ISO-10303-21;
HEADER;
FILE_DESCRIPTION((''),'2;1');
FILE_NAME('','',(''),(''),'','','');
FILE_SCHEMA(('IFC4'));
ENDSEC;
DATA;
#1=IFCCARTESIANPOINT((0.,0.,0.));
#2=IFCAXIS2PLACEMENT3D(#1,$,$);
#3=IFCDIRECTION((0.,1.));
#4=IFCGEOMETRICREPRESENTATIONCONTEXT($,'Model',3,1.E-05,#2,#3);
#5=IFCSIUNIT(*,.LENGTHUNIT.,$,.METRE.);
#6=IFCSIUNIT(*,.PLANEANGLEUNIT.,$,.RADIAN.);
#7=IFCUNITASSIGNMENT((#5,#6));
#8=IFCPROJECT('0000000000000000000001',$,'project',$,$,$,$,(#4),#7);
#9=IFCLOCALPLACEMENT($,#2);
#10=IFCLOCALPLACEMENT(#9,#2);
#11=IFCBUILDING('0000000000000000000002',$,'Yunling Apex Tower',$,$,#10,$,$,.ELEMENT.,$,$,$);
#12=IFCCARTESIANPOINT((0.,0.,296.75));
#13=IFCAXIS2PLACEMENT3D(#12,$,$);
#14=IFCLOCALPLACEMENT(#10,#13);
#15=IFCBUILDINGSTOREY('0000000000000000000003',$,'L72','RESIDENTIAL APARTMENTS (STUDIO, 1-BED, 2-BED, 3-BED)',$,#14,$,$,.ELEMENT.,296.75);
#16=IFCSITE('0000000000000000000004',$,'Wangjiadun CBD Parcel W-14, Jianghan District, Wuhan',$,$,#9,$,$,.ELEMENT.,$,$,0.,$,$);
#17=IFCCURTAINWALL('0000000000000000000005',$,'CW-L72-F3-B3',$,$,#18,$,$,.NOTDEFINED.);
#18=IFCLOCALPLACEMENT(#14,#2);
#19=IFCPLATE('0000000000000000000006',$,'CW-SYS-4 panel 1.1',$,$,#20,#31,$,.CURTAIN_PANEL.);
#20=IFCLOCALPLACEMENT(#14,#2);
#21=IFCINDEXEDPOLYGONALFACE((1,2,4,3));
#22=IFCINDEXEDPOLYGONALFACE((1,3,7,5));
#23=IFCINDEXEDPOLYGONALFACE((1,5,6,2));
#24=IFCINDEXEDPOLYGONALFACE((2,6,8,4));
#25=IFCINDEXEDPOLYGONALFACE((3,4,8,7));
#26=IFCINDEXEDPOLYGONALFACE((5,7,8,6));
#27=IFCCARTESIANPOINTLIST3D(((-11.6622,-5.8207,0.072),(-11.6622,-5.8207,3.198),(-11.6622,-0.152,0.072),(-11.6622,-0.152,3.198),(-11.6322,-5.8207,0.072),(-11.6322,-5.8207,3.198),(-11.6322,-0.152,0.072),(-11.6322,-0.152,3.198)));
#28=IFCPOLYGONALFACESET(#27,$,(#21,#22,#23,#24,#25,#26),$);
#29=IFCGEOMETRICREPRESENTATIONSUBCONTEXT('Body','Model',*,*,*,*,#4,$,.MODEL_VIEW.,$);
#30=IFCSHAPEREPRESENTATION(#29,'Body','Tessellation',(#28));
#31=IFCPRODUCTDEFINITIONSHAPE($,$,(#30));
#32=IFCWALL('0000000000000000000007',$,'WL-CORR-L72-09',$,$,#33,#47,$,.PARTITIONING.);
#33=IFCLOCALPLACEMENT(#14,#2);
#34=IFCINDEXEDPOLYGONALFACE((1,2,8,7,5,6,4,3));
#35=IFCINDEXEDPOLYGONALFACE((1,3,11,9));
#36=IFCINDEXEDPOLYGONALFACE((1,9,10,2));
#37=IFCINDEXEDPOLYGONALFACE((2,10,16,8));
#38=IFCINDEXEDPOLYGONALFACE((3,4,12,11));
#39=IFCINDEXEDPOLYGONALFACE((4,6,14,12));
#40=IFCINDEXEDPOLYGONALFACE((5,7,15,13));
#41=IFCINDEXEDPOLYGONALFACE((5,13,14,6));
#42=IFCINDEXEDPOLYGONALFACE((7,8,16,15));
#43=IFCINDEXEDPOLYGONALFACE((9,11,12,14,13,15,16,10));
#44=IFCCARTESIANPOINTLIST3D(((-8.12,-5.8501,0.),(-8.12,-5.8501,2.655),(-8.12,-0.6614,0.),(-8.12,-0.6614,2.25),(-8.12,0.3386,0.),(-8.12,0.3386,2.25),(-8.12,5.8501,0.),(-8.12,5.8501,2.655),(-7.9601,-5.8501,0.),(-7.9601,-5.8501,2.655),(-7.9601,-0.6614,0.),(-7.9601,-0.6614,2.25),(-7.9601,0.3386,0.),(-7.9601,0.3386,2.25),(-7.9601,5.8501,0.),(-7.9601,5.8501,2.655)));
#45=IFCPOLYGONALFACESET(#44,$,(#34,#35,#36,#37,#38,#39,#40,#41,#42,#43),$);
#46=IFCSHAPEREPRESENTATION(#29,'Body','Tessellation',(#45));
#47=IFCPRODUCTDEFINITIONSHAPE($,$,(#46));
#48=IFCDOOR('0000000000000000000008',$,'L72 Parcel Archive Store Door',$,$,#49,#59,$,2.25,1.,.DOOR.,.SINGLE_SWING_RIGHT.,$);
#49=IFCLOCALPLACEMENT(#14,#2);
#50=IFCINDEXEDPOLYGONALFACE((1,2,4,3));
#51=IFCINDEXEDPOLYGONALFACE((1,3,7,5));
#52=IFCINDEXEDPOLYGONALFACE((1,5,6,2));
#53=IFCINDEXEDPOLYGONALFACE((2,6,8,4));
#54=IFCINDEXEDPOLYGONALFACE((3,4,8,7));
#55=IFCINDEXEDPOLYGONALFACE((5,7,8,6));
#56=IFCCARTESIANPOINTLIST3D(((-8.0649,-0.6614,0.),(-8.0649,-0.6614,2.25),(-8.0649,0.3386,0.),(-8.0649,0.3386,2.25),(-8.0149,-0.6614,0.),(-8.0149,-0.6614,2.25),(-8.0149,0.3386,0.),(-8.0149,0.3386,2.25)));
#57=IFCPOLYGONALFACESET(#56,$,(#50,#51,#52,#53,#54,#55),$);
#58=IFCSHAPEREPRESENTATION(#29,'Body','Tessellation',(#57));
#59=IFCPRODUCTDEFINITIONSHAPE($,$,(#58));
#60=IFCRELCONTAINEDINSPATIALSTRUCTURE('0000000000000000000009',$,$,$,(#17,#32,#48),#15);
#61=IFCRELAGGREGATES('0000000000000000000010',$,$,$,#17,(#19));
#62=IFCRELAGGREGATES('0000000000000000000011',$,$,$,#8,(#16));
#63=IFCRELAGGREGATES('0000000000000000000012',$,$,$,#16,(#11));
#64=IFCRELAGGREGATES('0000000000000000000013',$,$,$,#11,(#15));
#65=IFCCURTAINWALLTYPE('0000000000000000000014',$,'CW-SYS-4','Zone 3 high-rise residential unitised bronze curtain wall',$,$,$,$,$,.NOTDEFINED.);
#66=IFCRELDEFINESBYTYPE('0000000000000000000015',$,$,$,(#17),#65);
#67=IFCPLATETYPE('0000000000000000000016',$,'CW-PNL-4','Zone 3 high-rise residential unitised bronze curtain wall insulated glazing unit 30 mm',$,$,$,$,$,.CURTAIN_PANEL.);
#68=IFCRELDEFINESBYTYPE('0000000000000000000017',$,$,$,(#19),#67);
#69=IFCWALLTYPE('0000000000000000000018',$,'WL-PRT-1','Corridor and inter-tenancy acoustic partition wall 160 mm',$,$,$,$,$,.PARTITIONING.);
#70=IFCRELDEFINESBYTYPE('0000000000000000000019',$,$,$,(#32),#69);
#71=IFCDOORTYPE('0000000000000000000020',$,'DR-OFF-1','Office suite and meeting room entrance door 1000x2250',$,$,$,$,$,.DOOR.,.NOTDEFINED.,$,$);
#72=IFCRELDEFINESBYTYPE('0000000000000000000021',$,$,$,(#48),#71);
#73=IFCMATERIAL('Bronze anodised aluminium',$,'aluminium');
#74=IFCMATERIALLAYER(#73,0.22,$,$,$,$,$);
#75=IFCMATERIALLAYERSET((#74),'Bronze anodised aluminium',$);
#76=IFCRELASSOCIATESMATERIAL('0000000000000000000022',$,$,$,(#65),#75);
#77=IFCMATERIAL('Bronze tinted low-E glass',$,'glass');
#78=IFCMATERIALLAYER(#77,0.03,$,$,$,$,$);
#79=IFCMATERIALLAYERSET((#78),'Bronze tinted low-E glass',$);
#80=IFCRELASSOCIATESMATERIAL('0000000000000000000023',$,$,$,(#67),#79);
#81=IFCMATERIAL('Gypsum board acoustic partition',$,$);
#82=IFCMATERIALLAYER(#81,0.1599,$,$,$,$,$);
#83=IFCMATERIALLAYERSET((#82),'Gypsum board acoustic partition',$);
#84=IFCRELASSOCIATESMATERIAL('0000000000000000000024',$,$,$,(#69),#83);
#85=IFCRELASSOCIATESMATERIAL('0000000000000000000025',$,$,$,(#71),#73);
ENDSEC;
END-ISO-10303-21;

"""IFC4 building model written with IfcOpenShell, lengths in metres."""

from ifc_helpers import new_model, si_unit, direction, frame, frame_2d, origin, origin_2d, place, context, subcontext, project, spatial, rectangle, extrude, source, transform, mapped, material, layer, layer_set, type_object, element, fill, aggregate, save


model = new_model("IFC4")

# Units and contexts
model_context = context("Model", 3, precision=1e-05, world=origin(), true_north=direction((0.0, 1.0)))
body_context = subcontext(model_context, "Body", "Model", "MODEL_VIEW")
ifc_project = project(units=[si_unit("LENGTHUNIT", "METRE"), si_unit("PLANEANGLEUNIT", "RADIAN")], contexts=[model_context])

# Site, building, storey
site_placement = place(None, origin())
site = spatial("IfcSite", under=ifc_project, at=site_placement, Name="Wangjiadun CBD Parcel W-14, Jianghan District, Wuhan", CompositionType="ELEMENT", RefElevation=0.0)
building_placement = place(site_placement, origin())
building = spatial("IfcBuilding", under=site, at=building_placement, Name="Yunling Apex Tower", CompositionType="ELEMENT")
storey_placement = place(building_placement, frame((0.0, 0.0, 296.75)))
storey = spatial("IfcBuildingStorey", under=building, at=storey_placement, Name="L72", Description="RESIDENTIAL APARTMENTS (STUDIO, 1-BED, 2-BED, 3-BED)", CompositionType="ELEMENT", Elevation=296.75)

# Curtain wall
ifc_material_1 = material(Name="Bronze anodised aluminium", Category="aluminium")
ifc_layer_1 = layer(ifc_material_1, 0.22)
ifc_layer_set_1 = layer_set([ifc_layer_1], Name="Bronze anodised aluminium")
curtain_wall_type = type_object("IfcCurtainWallType", Name="CW-SYS-4", Description="Zone 3 high-rise residential unitised bronze curtain wall", PredefinedType="NOTDEFINED", material=ifc_layer_set_1)
curtain_wall_1_placement = place(storey_placement, origin())
curtain_wall_1 = element("IfcCurtainWall", 1, at=curtain_wall_1_placement, inside=storey, type_object=curtain_wall_type, Name="CW-L72-F3-B3", PredefinedType="NOTDEFINED")

# Plate
ifc_material_2 = material(Name="Bronze tinted low-E glass", Category="glass")
ifc_layer_2 = layer(ifc_material_2, 0.03)
ifc_layer_set_2 = layer_set([ifc_layer_2], Name="Bronze tinted low-E glass")
plate_type = type_object("IfcPlateType", Name="CW-PNL-4", Description="Zone 3 high-rise residential unitised bronze curtain wall insulated glazing unit 30 mm", PredefinedType="CURTAIN_PANEL", material=ifc_layer_set_2)
shared_shape_1 = source(origin(), body_context, "Body", "SweptSolid", [
    extrude(rectangle(XDim=5.6687, YDim=0.03, at=origin_2d()), origin(), (0.0, 0.0, 1.0), 3.126),
])
plate_placement = place(storey_placement, frame((-11.6472, -2.9863, 0.072), z_axis=(0.0, 0.0, 1.0), x_axis=(0.0, -1.0, 0.0)))
plate = element("IfcPlate", 2, at=plate_placement, type_object=plate_type, Name="CW-SYS-4 panel 1.1", PredefinedType="CURTAIN_PANEL", context=body_context, shape_type="MappedRepresentation", body=[
    mapped(shared_shape_1, transform((0.0, 0.0, 0.0), scale=1.0)),
])
aggregate(curtain_wall_1, [plate])

# Wall, opening, door
ifc_material_3 = material(Name="Gypsum board acoustic partition")
ifc_layer_3 = layer(ifc_material_3, 0.1599)
ifc_layer_set_3 = layer_set([ifc_layer_3], Name="Gypsum board acoustic partition")
wall_type = type_object("IfcWallType", Name="WL-PRT-1", Description="Corridor and inter-tenancy acoustic partition wall 160 mm", PredefinedType="PARTITIONING", material=ifc_layer_set_3)
wall_placement = place(storey_placement, frame((-8.04, -5.8501, 0.0), z_axis=(0.0, 0.0, 1.0), x_axis=(0.0, 1.0, 0.0)))
wall = element("IfcWall", 3, at=wall_placement, inside=storey, type_object=wall_type, Name="WL-CORR-L72-09", PredefinedType="PARTITIONING", context=body_context, shape_type="SweptSolid", body=[
    extrude(rectangle(XDim=11.7002, YDim=0.1599, at=frame_2d((5.8501, 0.0))), origin(), (0.0, 0.0, 1.0), 2.655),
])
opening_placement = place(wall_placement, frame((5.1887, 0.0, 0.0)))
opening = element("IfcOpeningElement", 4, at=opening_placement, cuts=wall, PredefinedType="OPENING", context=body_context, shape_type="SweptSolid", body=[
    extrude(rectangle(XDim=1.0, YDim=2.25, at=frame_2d((0.5, 1.125))), frame((0.0, 0.0898, 0.0), z_axis=(0.0, -1.0, 0.0), x_axis=(1.0, 0.0, 0.0)), (0.0, 0.0, 1.0), 0.1799),
])
door_type = type_object("IfcDoorType", Name="DR-OFF-1", Description="Office suite and meeting room entrance door 1000x2250", OperationType="NOTDEFINED", PredefinedType="DOOR", material=ifc_material_1)
door_placement = place(opening_placement, origin())
door = element("IfcDoor", 5, at=door_placement, inside=storey, type_object=door_type, Name="L72 Parcel Archive Store Door", OperationType="SINGLE_SWING_RIGHT", OverallHeight=2.25, OverallWidth=1.0, PredefinedType="DOOR", context=body_context, shape_type="SweptSolid", body=[
    extrude(rectangle(XDim=1.0, YDim=2.25, at=frame_2d((0.5, 1.125))), frame((0.0, 0.0249, 0.0), z_axis=(0.0, -1.0, 0.0), x_axis=(1.0, 0.0, 0.0)), (0.0, 0.0, 1.0), 0.05),
])
fill(opening, door)

save(model, "model.ifc")
